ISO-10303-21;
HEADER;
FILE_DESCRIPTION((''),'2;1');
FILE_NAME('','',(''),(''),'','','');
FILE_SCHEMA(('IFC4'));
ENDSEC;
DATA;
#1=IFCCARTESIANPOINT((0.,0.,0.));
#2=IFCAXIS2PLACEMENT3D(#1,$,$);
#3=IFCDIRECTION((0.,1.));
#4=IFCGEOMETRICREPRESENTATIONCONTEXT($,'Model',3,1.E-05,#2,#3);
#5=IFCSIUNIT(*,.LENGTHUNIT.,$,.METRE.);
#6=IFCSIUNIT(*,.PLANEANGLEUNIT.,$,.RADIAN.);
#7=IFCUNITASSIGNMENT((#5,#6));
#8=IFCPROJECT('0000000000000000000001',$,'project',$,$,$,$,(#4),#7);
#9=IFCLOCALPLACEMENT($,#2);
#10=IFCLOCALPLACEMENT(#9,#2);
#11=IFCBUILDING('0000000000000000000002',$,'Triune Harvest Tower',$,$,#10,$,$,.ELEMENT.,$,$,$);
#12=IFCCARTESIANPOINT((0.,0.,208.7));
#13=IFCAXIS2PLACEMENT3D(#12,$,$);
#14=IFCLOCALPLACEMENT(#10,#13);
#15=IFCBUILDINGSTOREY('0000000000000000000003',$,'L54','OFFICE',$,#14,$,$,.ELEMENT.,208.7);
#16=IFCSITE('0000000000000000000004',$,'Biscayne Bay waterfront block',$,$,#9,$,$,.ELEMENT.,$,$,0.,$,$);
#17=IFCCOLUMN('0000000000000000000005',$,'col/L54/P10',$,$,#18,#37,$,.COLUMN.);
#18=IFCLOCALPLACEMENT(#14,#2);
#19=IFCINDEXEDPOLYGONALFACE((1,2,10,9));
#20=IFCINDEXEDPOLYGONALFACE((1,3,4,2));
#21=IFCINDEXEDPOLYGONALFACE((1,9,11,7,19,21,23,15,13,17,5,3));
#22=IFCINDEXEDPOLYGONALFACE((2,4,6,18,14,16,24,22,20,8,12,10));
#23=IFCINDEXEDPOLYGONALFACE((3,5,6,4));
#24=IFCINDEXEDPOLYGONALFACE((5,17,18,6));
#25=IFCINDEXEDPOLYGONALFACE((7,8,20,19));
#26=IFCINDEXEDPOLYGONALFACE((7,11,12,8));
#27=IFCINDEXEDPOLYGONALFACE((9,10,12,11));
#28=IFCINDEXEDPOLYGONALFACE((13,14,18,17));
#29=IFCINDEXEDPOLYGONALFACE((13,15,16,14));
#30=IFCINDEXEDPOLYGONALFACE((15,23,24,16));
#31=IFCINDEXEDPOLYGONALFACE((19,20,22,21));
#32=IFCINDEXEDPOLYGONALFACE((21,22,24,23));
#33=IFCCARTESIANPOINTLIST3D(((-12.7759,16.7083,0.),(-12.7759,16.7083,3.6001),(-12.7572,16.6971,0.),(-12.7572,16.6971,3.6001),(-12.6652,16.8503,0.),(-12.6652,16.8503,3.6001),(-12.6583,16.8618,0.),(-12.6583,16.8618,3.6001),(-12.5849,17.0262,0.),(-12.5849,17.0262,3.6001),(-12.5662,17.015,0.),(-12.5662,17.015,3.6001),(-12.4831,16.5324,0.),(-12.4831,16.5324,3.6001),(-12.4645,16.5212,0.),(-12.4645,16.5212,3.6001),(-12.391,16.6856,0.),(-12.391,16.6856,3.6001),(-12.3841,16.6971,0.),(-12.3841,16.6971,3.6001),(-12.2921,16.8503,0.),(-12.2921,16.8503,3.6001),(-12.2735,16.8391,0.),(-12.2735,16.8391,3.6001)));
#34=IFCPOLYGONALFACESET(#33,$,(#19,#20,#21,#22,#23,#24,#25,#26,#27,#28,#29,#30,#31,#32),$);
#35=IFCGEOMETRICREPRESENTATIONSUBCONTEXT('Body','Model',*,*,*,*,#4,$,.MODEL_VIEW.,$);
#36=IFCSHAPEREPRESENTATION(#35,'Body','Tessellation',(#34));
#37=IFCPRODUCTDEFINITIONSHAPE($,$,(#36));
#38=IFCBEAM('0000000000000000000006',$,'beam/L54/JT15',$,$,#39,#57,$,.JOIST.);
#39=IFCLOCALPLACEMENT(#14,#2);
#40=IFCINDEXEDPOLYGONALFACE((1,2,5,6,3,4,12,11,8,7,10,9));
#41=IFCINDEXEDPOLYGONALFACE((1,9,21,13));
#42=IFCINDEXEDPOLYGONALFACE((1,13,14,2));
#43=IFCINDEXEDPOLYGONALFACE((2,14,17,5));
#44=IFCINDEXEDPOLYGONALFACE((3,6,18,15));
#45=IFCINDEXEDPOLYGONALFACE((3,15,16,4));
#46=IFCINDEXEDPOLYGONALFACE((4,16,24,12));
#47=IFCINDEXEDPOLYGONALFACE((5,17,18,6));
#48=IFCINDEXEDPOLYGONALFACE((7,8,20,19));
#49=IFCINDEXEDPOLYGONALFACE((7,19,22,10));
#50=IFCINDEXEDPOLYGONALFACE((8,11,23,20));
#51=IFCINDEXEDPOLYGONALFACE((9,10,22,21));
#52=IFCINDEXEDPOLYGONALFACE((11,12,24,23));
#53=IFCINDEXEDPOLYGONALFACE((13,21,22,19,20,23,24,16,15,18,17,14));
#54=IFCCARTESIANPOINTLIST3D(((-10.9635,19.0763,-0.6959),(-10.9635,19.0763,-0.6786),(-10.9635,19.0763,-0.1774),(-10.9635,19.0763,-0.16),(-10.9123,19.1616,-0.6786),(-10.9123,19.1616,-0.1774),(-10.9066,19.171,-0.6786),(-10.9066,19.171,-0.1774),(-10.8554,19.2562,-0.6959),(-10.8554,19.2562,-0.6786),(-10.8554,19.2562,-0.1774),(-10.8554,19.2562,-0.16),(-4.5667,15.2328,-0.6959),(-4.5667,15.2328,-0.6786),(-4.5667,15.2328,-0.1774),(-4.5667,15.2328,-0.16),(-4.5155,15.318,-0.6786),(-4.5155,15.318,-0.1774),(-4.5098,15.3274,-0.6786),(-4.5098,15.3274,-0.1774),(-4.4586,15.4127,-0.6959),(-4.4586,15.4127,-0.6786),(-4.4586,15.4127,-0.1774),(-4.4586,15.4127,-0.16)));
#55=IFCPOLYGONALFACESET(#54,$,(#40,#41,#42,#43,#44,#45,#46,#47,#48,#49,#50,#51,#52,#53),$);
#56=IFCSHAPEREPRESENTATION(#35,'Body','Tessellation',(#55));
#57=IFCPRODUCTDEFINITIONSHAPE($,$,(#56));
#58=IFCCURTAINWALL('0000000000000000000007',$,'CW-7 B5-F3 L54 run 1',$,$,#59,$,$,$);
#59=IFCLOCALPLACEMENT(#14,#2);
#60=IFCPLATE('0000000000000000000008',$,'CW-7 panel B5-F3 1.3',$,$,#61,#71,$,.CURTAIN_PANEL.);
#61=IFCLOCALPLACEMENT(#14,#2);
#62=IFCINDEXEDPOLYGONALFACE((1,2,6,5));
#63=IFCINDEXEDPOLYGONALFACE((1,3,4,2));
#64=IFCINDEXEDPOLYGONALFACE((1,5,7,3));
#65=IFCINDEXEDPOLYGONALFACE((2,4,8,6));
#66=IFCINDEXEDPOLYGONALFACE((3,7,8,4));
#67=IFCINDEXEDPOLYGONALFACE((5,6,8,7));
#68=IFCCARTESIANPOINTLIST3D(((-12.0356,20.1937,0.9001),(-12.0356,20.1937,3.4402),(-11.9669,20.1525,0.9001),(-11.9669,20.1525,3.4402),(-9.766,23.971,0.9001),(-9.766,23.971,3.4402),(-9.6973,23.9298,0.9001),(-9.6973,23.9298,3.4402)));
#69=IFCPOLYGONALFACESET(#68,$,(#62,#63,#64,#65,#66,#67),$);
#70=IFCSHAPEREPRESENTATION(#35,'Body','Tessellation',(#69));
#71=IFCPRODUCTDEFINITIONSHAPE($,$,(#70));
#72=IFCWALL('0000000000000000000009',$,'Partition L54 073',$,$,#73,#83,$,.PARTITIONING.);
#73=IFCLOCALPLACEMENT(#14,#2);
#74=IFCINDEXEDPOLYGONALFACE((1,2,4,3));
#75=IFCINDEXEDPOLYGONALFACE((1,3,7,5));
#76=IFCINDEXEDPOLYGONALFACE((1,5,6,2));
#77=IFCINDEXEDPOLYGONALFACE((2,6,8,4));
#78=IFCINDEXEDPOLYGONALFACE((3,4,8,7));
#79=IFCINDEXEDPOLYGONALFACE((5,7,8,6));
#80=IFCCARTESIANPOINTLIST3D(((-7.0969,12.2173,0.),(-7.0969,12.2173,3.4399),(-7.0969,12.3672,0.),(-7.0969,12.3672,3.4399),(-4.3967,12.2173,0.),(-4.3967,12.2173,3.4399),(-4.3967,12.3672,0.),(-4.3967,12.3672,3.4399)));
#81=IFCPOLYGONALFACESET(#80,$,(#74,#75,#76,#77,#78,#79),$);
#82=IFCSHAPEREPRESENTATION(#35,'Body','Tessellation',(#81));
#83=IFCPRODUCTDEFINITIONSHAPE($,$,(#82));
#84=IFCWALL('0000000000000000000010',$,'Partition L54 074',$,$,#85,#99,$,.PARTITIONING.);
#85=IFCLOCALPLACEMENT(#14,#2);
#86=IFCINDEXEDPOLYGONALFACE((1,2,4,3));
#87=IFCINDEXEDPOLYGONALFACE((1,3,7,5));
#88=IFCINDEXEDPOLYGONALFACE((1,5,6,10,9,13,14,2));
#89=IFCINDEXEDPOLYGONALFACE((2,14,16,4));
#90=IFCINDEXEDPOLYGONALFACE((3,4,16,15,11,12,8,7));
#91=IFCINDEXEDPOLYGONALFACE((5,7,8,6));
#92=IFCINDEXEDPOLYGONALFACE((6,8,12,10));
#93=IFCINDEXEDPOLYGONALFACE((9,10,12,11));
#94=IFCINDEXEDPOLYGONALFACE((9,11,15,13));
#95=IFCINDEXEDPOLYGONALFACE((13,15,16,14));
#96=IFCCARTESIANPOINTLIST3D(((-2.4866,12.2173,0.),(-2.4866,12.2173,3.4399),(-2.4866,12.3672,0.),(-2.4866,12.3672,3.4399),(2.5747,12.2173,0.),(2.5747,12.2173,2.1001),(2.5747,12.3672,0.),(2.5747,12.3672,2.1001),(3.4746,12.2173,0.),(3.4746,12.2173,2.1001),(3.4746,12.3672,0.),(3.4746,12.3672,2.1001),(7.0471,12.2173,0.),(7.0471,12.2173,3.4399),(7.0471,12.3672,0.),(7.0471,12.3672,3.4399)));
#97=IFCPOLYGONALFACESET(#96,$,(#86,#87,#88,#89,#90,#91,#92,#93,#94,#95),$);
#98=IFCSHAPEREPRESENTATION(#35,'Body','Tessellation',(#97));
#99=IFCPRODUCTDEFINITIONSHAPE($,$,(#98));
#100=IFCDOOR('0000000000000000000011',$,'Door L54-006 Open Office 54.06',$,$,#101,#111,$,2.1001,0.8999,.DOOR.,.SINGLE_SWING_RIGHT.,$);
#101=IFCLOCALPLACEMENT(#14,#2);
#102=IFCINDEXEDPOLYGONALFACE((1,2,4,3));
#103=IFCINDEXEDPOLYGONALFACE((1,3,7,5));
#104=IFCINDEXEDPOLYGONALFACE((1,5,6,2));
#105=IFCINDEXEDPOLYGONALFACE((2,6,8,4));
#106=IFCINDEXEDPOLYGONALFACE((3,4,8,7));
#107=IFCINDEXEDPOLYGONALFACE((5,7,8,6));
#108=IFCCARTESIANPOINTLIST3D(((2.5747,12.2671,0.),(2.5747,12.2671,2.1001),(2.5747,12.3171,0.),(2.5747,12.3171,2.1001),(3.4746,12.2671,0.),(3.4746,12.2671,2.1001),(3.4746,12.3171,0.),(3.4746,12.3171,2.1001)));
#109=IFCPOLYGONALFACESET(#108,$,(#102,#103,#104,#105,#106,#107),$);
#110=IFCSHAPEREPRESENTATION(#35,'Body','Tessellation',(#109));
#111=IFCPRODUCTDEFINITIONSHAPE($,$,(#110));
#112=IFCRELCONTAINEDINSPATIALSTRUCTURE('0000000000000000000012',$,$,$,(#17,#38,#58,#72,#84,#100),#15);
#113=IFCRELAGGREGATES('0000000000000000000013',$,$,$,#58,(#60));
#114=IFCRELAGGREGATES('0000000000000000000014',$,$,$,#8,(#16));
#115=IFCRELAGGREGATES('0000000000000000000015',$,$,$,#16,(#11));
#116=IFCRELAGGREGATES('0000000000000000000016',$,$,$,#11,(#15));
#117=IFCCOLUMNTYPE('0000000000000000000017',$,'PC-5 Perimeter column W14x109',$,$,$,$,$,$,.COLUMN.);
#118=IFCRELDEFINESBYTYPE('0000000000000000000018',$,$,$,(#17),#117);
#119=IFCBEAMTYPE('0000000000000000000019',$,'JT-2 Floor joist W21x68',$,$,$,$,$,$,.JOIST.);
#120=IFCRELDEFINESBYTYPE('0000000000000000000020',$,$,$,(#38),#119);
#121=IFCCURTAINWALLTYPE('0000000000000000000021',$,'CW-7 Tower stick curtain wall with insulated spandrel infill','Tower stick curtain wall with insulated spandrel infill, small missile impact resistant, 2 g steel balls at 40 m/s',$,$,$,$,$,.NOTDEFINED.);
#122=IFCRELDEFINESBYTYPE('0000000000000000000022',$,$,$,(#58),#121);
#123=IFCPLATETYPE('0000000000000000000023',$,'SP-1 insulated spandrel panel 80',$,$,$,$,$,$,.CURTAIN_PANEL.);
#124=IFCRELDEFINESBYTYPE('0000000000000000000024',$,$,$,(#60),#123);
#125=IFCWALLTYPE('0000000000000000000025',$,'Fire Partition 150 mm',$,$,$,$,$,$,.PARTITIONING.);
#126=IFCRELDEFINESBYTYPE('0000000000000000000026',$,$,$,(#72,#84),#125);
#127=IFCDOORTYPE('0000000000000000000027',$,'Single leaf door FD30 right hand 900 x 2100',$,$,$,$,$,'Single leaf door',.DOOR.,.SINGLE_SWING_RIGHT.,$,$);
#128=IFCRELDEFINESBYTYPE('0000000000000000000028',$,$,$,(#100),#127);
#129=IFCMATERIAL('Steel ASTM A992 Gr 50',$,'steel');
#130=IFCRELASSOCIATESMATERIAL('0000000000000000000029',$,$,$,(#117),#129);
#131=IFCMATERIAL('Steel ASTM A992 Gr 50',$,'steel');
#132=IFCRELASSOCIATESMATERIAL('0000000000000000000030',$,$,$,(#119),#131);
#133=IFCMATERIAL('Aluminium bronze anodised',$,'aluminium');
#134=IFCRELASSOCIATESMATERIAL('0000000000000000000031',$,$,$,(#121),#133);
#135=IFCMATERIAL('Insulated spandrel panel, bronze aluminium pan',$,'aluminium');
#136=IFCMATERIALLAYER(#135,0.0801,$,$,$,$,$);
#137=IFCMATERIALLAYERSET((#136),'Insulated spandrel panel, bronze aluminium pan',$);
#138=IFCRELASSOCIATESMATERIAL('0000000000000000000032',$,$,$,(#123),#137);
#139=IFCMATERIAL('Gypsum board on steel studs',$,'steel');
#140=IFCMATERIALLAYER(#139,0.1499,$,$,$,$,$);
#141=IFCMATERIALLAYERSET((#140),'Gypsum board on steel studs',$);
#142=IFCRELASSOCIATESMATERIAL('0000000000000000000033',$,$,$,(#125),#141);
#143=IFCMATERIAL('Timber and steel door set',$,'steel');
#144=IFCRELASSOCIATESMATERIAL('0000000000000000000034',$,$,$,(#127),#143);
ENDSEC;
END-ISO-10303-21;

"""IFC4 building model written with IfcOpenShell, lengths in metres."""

from ifc_helpers import new_model, si_unit, direction, frame, frame_2d, origin, origin_2d, place, context, subcontext, project, spatial, rectangle, i_section, extrude, source, transform, mapped, material, layer, layer_set, material_profile, profile_set, type_object, element, fill, aggregate, save


model = new_model("IFC4")

# Units and contexts
model_context = context("Model", 3, precision=1e-05, world=origin(), true_north=direction((0.0, 1.0)))
body_context = subcontext(model_context, "Body", "Model", "MODEL_VIEW")
ifc_project = project(units=[si_unit("LENGTHUNIT", "METRE"), si_unit("PLANEANGLEUNIT", "RADIAN")], contexts=[model_context])

# Site, building, storey
site_placement = place(None, origin())
site = spatial("IfcSite", under=ifc_project, at=site_placement, Name="Biscayne Bay waterfront block", CompositionType="ELEMENT", RefElevation=0.0)
building_placement = place(site_placement, origin())
building = spatial("IfcBuilding", under=site, at=building_placement, Name="Triune Harvest Tower", CompositionType="ELEMENT")
storey_placement = place(building_placement, frame((0.0, 0.0, 208.7)))
storey = spatial("IfcBuildingStorey", under=building, at=storey_placement, Name="L54", Description="OFFICE", CompositionType="ELEMENT", Elevation=208.7)

# Column
ifc_material_1 = material(Name="Steel ASTM A992 Gr 50", Category="steel")
ifc_material_profile_1 = material_profile(ifc_material_1, i_section(OverallWidth=0.3708, OverallDepth=0.3633, WebThickness=0.0134, FlangeThickness=0.0217, at=origin_2d()), Name="W14x109")
ifc_profile_set_1 = profile_set([ifc_material_profile_1], Name="Steel ASTM A992 Gr 50")
column_type = type_object("IfcColumnType", Name="PC-5 Perimeter column W14x109", PredefinedType="COLUMN", material=ifc_profile_set_1)
shared_shape_1 = source(origin(), body_context, "Body", "SweptSolid", [
    extrude(i_section(OverallWidth=0.3708, OverallDepth=0.3633, WebThickness=0.0134, FlangeThickness=0.0217, at=origin_2d()), origin(), (0.0, 0.0, 1.0), 3.6001),
])
column_placement = place(storey_placement, frame((-12.5247, 16.7737, 0.0), z_axis=(0.0, 0.0, 1.0), x_axis=(-0.515037, -0.857168, 0.0)))
element("IfcColumn", 1, at=column_placement, inside=storey, type_object=column_type, Name="col/L54/P10", PredefinedType="COLUMN", context=body_context, shape_type="MappedRepresentation", body=[
    mapped(shared_shape_1, transform((0.0, 0.0, 0.0), scale=1.0)),
])

# Beam
ifc_material_2 = material(Name="Steel ASTM A992 Gr 50", Category="steel")
ifc_material_profile_2 = material_profile(ifc_material_2, i_section(OverallWidth=0.21, OverallDepth=0.5359, WebThickness=0.011, FlangeThickness=0.0173, at=origin_2d()), Name="W21x68")
ifc_profile_set_2 = profile_set([ifc_material_profile_2], Name="Steel ASTM A992 Gr 50")
beam_type = type_object("IfcBeamType", Name="JT-2 Floor joist W21x68", PredefinedType="JOIST", material=ifc_profile_set_2)
shared_shape_2 = source(origin(), body_context, "Body", "SweptSolid", [
    extrude(i_section(OverallWidth=0.21, OverallDepth=0.5359, WebThickness=0.011, FlangeThickness=0.0173, at=origin_2d()), origin(), (0.0, 0.0, 1.0), 7.4626),
])
beam_placement = place(storey_placement, frame((-10.9094, 19.1663, -0.428), z_axis=(0.857169, -0.515034, 0.0), x_axis=(0.515034, 0.857169, 0.0)))
element("IfcBeam", 2, at=beam_placement, inside=storey, type_object=beam_type, Name="beam/L54/JT15", PredefinedType="JOIST", context=body_context, shape_type="MappedRepresentation", body=[
    mapped(shared_shape_2, transform((0.0, 0.0, 0.0), scale=1.0)),
])

# Curtain wall, plate
ifc_material_3 = material(Name="Aluminium bronze anodised", Category="aluminium")
curtain_wall_type = type_object("IfcCurtainWallType", Name="CW-7 Tower stick curtain wall with insulated spandrel infill", Description="Tower stick curtain wall with insulated spandrel infill, small missile impact resistant, 2 g steel balls at 40 m/s", PredefinedType="NOTDEFINED", material=ifc_material_3)
curtain_wall_placement = place(storey_placement, origin())
curtain_wall = element("IfcCurtainWall", 3, at=curtain_wall_placement, inside=storey, type_object=curtain_wall_type, Name="CW-7 B5-F3 L54 run 1")
ifc_material_4 = material(Name="Insulated spandrel panel, bronze aluminium pan", Category="aluminium")
ifc_layer_1 = layer(ifc_material_4, 0.0801)
ifc_layer_set_1 = layer_set([ifc_layer_1], Name="Insulated spandrel panel, bronze aluminium pan")
plate_type = type_object("IfcPlateType", Name="SP-1 insulated spandrel panel 80", PredefinedType="CURTAIN_PANEL", material=ifc_layer_set_1)
shared_shape_3 = source(origin(), body_context, "Body", "SweptSolid", [
    extrude(rectangle(XDim=4.4067, YDim=0.0801, at=origin_2d()), origin(), (0.0, 0.0, 1.0), 2.54),
])
plate_placement = place(storey_placement, frame((-10.8665, 22.0618, 0.9001), z_axis=(0.0, 0.0, 1.0), x_axis=(-0.515036, -0.857168, 0.0)))
plate = element("IfcPlate", 4, at=plate_placement, type_object=plate_type, Name="CW-7 panel B5-F3 1.3", PredefinedType="CURTAIN_PANEL", context=body_context, shape_type="MappedRepresentation", body=[
    mapped(shared_shape_3, transform((0.0, 0.0, 0.0), scale=1.0)),
])
aggregate(curtain_wall, [plate])

# Wall
ifc_material_5 = material(Name="Gypsum board on steel studs", Category="steel")
ifc_layer_2 = layer(ifc_material_5, 0.1499)
ifc_layer_set_2 = layer_set([ifc_layer_2], Name="Gypsum board on steel studs")
wall_type_1 = type_object("IfcWallType", Name="Fire Partition 150 mm", PredefinedType="PARTITIONING", material=ifc_layer_set_2)
wall_1_placement = place(storey_placement, frame((-7.0969, 12.2922, 0.0), z_axis=(0.0, 0.0, 1.0), x_axis=(1.0, 0.0, 0.0)))
element("IfcWall", 5, at=wall_1_placement, inside=storey, type_object=wall_type_1, Name="Partition L54 073", PredefinedType="PARTITIONING", context=body_context, shape_type="SweptSolid", body=[
    extrude(rectangle(XDim=2.7002, YDim=0.1499, at=frame_2d((1.3501, 0.0))), origin(), (0.0, 0.0, 1.0), 3.4399),
])

# Wall, opening, door
wall_2_placement = place(storey_placement, frame((-2.4866, 12.2922, 0.0), z_axis=(0.0, 0.0, 1.0), x_axis=(1.0, 0.0, 0.0)))
wall_2 = element("IfcWall", 6, at=wall_2_placement, inside=storey, type_object=wall_type_1, Name="Partition L54 074", PredefinedType="PARTITIONING", context=body_context, shape_type="SweptSolid", body=[
    extrude(rectangle(XDim=9.5337, YDim=0.1499, at=frame_2d((4.7668, 0.0))), origin(), (0.0, 0.0, 1.0), 3.4399),
])
opening_1_placement = place(wall_2_placement, frame((5.0613, 0.0, 0.0)))
opening_1 = element("IfcOpeningElement", 7, at=opening_1_placement, cuts=wall_2, PredefinedType="OPENING", context=body_context, shape_type="SweptSolid", body=[
    extrude(rectangle(XDim=0.8999, YDim=2.1001, at=frame_2d((0.45, 1.05))), frame((0.0, 0.085, 0.0), z_axis=(0.0, -1.0, 0.0), x_axis=(1.0, 0.0, 0.0)), (0.0, 0.0, 1.0), 0.1699),
])
ifc_material_6 = material(Name="Timber and steel door set", Category="steel")
door_type_1 = type_object("IfcDoorType", Name="Single leaf door FD30 right hand 900 x 2100", ElementType="Single leaf door", OperationType="SINGLE_SWING_RIGHT", PredefinedType="DOOR", material=ifc_material_6)
door_1_placement = place(opening_1_placement, origin())
door_1 = element("IfcDoor", 8, at=door_1_placement, inside=storey, type_object=door_type_1, Name="Door L54-006 Open Office 54.06", OperationType="SINGLE_SWING_RIGHT", OverallHeight=2.1001, OverallWidth=0.8999, PredefinedType="DOOR", context=body_context, shape_type="SweptSolid", body=[
    extrude(rectangle(XDim=0.8999, YDim=2.1001, at=frame_2d((0.45, 1.05))), frame((0.0, 0.0249, 0.0), z_axis=(0.0, -1.0, 0.0), x_axis=(1.0, 0.0, 0.0)), (0.0, 0.0, 1.0), 0.05),
])
fill(opening_1, door_1)

save(model, "model.ifc")
